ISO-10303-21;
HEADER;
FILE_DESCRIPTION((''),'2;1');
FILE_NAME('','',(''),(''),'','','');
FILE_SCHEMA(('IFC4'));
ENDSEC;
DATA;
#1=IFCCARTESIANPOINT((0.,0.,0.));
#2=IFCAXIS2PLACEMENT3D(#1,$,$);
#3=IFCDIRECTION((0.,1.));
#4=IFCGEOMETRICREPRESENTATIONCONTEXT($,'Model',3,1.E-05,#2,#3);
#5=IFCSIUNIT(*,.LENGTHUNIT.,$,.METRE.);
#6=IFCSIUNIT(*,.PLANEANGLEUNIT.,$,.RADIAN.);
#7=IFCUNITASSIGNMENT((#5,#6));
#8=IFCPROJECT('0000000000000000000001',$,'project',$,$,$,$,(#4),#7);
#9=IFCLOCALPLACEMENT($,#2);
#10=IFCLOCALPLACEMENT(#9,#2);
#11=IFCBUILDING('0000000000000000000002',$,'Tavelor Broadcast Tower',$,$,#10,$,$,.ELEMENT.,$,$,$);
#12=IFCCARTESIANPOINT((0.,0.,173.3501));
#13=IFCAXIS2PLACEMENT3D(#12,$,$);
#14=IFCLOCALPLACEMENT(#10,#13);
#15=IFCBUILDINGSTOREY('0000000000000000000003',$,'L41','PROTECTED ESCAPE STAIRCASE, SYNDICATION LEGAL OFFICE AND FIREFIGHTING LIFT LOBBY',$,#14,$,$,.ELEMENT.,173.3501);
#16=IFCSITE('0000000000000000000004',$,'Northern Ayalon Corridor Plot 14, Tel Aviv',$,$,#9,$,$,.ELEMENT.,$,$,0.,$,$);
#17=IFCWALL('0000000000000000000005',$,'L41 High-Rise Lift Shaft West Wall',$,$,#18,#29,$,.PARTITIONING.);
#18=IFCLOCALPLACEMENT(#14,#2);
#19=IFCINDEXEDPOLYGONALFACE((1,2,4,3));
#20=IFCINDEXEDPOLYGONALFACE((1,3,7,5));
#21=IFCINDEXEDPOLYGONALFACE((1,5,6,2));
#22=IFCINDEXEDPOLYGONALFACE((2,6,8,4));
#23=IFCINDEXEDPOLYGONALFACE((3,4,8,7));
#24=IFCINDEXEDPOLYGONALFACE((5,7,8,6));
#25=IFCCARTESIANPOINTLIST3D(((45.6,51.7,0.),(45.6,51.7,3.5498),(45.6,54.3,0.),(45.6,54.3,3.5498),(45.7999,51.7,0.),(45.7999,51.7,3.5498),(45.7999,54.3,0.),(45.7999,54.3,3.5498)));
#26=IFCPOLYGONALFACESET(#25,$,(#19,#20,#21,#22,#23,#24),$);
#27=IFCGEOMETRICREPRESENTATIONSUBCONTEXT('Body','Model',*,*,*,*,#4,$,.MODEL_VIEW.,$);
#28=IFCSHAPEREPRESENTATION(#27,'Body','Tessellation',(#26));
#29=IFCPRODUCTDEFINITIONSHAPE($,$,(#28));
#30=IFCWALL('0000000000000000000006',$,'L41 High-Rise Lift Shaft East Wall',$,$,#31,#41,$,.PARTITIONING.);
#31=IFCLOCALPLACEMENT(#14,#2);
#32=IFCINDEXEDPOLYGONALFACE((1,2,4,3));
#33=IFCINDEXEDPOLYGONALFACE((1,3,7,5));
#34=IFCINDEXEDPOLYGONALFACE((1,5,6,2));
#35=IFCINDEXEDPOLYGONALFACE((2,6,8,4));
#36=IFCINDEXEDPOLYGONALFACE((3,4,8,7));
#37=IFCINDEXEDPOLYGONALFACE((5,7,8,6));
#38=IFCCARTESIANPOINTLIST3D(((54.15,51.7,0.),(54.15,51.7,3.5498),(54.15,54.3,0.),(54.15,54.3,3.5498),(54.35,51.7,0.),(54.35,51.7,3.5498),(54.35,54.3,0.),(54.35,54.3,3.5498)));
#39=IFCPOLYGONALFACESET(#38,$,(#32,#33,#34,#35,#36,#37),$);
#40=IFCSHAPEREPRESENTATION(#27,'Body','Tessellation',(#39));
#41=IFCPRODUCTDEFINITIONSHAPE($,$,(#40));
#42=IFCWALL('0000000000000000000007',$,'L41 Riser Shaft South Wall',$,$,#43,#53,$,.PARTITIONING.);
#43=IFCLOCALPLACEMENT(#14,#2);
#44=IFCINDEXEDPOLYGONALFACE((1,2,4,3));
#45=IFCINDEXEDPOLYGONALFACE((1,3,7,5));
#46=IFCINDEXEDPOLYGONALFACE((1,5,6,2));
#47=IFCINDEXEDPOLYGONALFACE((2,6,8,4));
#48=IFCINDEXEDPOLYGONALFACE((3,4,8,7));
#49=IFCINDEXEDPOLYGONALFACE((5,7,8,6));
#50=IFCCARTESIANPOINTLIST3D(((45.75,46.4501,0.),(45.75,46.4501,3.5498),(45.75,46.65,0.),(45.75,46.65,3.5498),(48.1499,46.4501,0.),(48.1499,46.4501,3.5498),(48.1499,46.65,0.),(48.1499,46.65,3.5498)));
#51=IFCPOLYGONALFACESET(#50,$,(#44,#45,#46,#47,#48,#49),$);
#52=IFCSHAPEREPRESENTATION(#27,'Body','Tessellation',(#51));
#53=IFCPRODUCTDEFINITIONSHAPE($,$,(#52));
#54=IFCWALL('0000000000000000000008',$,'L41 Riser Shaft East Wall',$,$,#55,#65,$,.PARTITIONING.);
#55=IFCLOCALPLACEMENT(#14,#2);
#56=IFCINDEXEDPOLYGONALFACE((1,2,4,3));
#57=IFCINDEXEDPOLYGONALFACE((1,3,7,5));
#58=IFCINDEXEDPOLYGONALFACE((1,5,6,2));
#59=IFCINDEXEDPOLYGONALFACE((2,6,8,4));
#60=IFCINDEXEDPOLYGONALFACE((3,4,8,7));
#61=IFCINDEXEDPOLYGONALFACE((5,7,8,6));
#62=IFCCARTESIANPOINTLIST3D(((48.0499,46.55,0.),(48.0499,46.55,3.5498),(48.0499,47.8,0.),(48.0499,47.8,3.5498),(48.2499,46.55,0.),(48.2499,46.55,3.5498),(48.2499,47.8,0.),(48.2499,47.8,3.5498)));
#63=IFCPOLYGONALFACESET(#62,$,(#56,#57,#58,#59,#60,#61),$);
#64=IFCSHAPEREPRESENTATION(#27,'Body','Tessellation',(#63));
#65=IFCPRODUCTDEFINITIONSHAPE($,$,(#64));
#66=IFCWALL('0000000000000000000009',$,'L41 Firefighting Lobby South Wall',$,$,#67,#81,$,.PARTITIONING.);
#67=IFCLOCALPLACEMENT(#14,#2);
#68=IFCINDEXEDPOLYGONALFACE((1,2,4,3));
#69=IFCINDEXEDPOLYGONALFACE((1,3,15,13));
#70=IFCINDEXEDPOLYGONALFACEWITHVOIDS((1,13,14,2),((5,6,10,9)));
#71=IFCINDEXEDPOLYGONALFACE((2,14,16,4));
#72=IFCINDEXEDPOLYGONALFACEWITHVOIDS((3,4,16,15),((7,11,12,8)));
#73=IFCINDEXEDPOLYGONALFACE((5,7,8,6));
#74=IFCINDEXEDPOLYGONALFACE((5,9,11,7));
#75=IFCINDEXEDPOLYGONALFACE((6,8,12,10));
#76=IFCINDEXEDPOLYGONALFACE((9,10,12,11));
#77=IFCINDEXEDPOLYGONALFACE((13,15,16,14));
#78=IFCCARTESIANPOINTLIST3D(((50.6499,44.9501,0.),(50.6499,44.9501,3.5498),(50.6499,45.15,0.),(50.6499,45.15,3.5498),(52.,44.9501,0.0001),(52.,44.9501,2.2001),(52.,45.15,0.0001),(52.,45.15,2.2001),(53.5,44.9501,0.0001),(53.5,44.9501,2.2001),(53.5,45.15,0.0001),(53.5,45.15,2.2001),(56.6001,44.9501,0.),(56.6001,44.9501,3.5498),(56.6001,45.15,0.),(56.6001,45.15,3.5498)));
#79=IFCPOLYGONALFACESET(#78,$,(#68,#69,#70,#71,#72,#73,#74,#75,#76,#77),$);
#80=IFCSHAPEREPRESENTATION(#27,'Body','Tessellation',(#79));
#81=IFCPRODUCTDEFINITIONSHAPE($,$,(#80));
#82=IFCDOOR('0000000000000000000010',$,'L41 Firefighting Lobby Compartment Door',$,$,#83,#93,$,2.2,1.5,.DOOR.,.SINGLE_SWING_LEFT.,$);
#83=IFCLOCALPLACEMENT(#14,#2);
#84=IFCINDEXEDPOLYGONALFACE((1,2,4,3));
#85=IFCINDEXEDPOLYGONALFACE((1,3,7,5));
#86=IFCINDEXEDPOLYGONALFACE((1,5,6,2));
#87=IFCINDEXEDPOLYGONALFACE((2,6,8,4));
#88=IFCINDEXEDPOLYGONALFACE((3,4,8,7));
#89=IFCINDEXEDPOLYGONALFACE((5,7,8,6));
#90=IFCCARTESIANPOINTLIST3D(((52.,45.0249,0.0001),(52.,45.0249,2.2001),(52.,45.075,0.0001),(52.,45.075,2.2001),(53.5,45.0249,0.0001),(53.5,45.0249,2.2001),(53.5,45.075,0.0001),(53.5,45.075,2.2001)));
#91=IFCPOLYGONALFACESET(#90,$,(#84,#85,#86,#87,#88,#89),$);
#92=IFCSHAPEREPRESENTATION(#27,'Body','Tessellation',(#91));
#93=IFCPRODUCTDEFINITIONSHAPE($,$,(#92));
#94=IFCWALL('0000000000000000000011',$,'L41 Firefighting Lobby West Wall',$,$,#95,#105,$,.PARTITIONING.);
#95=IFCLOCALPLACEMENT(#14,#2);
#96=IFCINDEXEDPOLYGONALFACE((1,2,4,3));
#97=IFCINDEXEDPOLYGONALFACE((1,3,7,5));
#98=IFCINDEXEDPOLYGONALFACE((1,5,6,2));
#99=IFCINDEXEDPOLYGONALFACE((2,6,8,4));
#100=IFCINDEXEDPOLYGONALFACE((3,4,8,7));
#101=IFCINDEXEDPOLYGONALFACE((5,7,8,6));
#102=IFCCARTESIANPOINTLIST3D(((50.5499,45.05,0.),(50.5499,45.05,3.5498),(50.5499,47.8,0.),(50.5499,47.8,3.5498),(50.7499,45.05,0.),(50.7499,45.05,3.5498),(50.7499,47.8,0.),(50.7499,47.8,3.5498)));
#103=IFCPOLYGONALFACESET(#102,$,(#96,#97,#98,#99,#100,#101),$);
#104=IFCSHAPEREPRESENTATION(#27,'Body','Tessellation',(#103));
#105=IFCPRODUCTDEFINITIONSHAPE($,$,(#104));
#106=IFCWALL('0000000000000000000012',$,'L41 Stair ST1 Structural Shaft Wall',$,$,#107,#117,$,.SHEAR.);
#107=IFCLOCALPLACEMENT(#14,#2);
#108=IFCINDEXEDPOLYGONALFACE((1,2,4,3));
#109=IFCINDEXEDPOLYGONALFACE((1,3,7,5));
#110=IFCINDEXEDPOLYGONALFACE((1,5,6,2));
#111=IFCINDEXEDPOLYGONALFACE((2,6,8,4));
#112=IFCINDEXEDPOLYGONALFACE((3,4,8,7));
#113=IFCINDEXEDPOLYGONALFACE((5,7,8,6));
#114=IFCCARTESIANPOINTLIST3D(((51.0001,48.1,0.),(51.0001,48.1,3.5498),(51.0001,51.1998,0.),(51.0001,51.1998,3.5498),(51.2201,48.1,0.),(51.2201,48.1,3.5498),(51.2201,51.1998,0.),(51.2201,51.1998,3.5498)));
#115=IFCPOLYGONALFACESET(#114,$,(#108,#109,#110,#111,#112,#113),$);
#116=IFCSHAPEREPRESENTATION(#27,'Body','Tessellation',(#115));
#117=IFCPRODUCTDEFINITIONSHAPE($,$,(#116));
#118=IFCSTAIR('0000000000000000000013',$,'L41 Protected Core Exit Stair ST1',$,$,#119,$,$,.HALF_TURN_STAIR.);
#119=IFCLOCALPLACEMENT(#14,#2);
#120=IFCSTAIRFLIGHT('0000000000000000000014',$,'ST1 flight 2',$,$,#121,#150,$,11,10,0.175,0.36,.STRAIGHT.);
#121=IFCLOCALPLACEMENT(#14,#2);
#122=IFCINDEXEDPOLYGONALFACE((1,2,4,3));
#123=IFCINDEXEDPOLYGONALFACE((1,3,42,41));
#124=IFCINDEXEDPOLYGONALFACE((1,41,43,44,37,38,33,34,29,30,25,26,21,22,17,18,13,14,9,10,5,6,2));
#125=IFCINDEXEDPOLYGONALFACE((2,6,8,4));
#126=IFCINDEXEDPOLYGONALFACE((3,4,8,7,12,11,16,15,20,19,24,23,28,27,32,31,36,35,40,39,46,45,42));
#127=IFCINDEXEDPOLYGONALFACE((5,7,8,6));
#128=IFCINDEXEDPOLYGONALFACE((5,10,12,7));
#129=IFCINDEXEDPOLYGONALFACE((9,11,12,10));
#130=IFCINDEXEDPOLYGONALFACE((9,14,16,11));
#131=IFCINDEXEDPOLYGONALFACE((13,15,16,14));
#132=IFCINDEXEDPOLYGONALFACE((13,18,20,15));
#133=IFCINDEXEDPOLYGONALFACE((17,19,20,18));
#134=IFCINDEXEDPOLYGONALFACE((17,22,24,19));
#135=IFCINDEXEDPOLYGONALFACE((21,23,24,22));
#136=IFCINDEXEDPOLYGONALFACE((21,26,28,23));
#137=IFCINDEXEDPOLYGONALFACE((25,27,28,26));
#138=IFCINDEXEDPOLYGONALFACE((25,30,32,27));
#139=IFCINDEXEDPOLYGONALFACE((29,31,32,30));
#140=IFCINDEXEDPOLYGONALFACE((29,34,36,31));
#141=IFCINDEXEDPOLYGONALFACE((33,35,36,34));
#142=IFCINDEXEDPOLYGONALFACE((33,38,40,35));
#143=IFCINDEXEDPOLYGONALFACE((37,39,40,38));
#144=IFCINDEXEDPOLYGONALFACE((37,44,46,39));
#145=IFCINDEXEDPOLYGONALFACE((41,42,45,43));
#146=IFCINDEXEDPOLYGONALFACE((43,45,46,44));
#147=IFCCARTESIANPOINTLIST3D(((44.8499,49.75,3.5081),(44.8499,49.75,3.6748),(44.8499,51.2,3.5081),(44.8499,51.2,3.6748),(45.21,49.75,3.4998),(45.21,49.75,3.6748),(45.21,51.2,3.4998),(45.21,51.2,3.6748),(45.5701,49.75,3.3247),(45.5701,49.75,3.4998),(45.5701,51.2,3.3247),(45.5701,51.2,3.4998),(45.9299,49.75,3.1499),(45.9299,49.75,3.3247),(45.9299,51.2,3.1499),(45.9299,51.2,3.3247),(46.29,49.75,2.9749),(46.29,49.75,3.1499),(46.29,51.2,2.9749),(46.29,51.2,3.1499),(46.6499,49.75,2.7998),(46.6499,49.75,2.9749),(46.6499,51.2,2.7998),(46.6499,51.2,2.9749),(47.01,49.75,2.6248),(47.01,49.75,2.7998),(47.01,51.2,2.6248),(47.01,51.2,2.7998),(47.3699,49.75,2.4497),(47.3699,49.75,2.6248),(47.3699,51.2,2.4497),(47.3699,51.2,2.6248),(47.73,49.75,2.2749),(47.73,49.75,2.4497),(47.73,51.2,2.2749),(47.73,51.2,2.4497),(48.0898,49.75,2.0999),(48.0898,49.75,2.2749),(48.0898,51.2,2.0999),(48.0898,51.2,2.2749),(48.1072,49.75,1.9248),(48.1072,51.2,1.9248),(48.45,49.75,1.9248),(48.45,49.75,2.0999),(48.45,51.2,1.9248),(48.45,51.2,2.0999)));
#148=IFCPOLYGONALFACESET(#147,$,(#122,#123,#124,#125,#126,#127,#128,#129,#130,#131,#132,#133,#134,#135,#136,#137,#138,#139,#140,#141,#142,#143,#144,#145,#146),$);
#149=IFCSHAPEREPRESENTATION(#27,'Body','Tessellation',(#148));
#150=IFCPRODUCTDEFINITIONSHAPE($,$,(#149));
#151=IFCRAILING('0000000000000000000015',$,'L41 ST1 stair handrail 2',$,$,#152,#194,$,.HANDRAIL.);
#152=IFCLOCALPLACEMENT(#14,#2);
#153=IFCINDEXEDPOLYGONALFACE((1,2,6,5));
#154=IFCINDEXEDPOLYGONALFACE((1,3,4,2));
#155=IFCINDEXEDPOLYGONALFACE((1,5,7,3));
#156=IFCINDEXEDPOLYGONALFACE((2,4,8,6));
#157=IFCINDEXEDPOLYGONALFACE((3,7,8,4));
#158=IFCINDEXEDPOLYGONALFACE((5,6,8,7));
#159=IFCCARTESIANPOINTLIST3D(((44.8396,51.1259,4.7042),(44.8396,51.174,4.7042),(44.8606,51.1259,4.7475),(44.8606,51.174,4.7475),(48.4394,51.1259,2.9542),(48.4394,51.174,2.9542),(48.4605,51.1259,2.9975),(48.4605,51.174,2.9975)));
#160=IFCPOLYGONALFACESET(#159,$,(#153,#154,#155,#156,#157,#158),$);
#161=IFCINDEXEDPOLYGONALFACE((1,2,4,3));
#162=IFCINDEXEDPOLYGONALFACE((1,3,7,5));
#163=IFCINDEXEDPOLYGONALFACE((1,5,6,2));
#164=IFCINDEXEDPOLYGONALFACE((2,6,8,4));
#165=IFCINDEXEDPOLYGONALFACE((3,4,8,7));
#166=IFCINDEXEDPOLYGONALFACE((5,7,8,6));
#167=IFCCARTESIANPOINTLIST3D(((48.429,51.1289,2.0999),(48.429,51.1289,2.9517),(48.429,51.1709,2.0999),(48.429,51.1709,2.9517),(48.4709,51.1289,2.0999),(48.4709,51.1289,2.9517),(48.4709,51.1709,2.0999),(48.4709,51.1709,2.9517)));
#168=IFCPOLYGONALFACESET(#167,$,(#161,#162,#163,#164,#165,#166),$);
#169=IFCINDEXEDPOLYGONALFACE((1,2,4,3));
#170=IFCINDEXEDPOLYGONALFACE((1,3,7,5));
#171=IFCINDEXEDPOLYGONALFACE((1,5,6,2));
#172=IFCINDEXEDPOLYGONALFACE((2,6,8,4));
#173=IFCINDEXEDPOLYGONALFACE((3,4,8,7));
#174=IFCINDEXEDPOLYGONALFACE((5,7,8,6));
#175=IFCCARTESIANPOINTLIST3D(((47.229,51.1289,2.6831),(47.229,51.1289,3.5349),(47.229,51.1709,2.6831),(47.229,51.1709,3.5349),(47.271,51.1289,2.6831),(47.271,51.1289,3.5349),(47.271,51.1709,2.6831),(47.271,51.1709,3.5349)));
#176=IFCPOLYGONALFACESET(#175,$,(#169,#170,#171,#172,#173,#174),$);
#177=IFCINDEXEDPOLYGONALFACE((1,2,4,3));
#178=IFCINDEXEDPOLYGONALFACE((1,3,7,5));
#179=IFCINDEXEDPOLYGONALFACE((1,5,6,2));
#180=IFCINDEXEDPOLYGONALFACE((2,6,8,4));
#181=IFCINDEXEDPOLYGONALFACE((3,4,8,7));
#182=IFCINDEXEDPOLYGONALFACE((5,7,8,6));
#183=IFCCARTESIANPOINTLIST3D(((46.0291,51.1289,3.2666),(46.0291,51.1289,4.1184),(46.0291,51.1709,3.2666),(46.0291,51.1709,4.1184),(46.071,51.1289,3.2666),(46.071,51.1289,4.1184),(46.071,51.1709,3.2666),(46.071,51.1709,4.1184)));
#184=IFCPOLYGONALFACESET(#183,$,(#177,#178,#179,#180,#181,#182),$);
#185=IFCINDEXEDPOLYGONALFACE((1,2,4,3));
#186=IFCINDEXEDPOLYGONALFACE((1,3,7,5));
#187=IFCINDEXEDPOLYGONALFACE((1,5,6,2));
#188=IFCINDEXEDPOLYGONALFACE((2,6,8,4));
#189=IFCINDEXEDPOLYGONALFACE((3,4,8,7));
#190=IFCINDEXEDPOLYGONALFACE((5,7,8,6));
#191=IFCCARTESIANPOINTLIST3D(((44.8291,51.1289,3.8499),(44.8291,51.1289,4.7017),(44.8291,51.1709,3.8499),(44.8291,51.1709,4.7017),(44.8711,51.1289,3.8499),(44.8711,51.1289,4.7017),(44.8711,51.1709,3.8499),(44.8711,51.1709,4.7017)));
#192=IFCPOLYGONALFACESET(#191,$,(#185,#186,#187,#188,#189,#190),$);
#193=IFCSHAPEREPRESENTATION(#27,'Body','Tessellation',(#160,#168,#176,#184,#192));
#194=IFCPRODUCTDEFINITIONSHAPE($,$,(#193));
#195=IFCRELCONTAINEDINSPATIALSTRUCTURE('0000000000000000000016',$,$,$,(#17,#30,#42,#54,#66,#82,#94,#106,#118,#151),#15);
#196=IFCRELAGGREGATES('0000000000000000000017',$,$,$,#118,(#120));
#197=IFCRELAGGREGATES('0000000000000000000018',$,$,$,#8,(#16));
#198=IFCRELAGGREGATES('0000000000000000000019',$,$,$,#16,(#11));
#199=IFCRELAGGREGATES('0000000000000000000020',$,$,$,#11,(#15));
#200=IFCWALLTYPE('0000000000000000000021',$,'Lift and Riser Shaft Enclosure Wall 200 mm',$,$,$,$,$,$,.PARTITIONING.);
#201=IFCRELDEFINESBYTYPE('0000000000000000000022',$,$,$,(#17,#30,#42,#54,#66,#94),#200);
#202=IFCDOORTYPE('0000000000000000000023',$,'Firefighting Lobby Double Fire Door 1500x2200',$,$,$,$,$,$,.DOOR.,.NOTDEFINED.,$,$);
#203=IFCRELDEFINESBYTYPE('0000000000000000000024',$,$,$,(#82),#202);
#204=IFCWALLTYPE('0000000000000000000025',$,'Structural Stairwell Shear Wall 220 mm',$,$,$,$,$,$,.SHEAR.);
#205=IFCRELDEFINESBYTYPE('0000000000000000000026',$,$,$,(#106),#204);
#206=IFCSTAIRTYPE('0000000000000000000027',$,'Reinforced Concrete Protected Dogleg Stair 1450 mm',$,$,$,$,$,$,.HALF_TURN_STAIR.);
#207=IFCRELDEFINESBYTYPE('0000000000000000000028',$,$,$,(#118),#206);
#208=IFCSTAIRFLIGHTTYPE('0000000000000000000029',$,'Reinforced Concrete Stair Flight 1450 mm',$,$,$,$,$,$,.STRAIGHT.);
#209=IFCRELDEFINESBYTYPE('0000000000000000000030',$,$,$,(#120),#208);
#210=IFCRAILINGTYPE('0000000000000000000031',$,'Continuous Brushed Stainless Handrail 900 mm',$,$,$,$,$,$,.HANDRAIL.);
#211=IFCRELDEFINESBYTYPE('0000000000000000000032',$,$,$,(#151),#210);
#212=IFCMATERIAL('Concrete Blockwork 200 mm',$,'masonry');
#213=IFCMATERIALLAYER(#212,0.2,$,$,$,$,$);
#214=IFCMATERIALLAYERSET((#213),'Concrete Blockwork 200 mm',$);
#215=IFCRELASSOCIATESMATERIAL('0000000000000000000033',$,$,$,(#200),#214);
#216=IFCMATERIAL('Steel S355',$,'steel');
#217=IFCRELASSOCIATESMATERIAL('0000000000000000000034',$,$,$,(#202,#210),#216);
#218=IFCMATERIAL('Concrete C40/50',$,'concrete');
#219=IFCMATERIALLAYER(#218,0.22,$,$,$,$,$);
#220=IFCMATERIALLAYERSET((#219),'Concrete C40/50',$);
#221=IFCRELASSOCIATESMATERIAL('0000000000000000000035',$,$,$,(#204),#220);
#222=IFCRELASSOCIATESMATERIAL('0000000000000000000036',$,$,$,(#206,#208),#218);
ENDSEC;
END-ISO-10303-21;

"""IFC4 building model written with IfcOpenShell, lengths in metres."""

from ifc_helpers import new_model, si_unit, direction, frame, frame_2d, origin, origin_2d, place, context, subcontext, project, spatial, polyline, rectangle, outline, extrude, material, layer, layer_set, type_object, element, fill, aggregate, save


model = new_model("IFC4")

# Units and contexts
model_context = context("Model", 3, precision=1e-05, world=origin(), true_north=direction((0.0, 1.0)))
body_context = subcontext(model_context, "Body", "Model", "MODEL_VIEW")
ifc_project = project(units=[si_unit("LENGTHUNIT", "METRE"), si_unit("PLANEANGLEUNIT", "RADIAN")], contexts=[model_context])

# Site, building, storey
site_placement = place(None, origin())
site = spatial("IfcSite", under=ifc_project, at=site_placement, Name="Northern Ayalon Corridor Plot 14, Tel Aviv", CompositionType="ELEMENT", RefElevation=0.0)
building_placement = place(site_placement, origin())
building = spatial("IfcBuilding", under=site, at=building_placement, Name="Tavelor Broadcast Tower", CompositionType="ELEMENT")
storey_placement = place(building_placement, frame((0.0, 0.0, 173.3501)))
storey = spatial("IfcBuildingStorey", under=building, at=storey_placement, Name="L41", Description="PROTECTED ESCAPE STAIRCASE, SYNDICATION LEGAL OFFICE AND FIREFIGHTING LIFT LOBBY", CompositionType="ELEMENT", Elevation=173.3501)

# Shared definitions
ifc_material_1 = material(Name="Concrete C40/50", Category="concrete")
ifc_material_2 = material(Name="Steel S355", Category="steel")

# Walls
ifc_material_3 = material(Name="Concrete Blockwork 200 mm", Category="masonry")
ifc_layer_1 = layer(ifc_material_3, 0.2)
ifc_layer_set_1 = layer_set([ifc_layer_1], Name="Concrete Blockwork 200 mm")
wall_type_1 = type_object("IfcWallType", Name="Lift and Riser Shaft Enclosure Wall 200 mm", PredefinedType="PARTITIONING", material=ifc_layer_set_1)
for number, where, z_axis, x_axis, name in (
    (1, (45.7, 51.7, 0.0), (0.0, 0.0, 1.0), (0.0, 1.0, 0.0), "L41 High-Rise Lift Shaft West Wall"),
    (2, (54.25, 51.7, 0.0), (0.0, 0.0, 1.0), (0.0, 1.0, 0.0), "L41 High-Rise Lift Shaft East Wall"),
):
    element("IfcWall", number, at=place(storey_placement, frame(where, z_axis=z_axis, x_axis=x_axis)), inside=storey, type_object=wall_type_1, Name=name, PredefinedType="PARTITIONING", context=body_context, shape_type="SweptSolid", body=[
        extrude(rectangle(XDim=2.6001, YDim=0.2, at=frame_2d((1.3, 0.0))), origin(), (0.0, 0.0, 1.0), 3.5498),
    ])
wall_1_placement = place(storey_placement, frame((45.75, 46.55, 0.0), z_axis=(0.0, 0.0, 1.0), x_axis=(1.0, 0.0, 0.0)))
element("IfcWall", 3, at=wall_1_placement, inside=storey, type_object=wall_type_1, Name="L41 Riser Shaft South Wall", PredefinedType="PARTITIONING", context=body_context, shape_type="SweptSolid", body=[
    extrude(rectangle(XDim=2.3999, YDim=0.2, at=frame_2d((1.2, 0.0))), origin(), (0.0, 0.0, 1.0), 3.5498),
])
wall_2_placement = place(storey_placement, frame((48.1499, 46.55, 0.0), z_axis=(0.0, 0.0, 1.0), x_axis=(0.0, 1.0, 0.0)))
element("IfcWall", 4, at=wall_2_placement, inside=storey, type_object=wall_type_1, Name="L41 Riser Shaft East Wall", PredefinedType="PARTITIONING", context=body_context, shape_type="SweptSolid", body=[
    extrude(rectangle(XDim=1.25, YDim=0.2, at=frame_2d((0.625, 0.0))), origin(), (0.0, 0.0, 1.0), 3.5498),
])

# Wall, opening, door
wall_3_placement = place(storey_placement, frame((50.6499, 45.05, 0.0), z_axis=(0.0, 0.0, 1.0), x_axis=(1.0, 0.0, 0.0)))
wall_3 = element("IfcWall", 5, at=wall_3_placement, inside=storey, type_object=wall_type_1, Name="L41 Firefighting Lobby South Wall", PredefinedType="PARTITIONING", context=body_context, shape_type="SweptSolid", body=[
    extrude(rectangle(XDim=5.9502, YDim=0.2, at=frame_2d((2.9751, 0.0))), origin(), (0.0, 0.0, 1.0), 3.5498),
])
opening_placement = place(wall_3_placement, frame((1.3501, 0.0, 0.0)))
opening = element("IfcOpeningElement", 6, at=opening_placement, cuts=wall_3, PredefinedType="OPENING", context=body_context, shape_type="SweptSolid", body=[
    extrude(rectangle(XDim=1.5, YDim=2.2, at=frame_2d((0.75, 1.1001))), frame((0.0, 0.1099, 0.0), z_axis=(0.0, -1.0, 0.0), x_axis=(1.0, 0.0, 0.0)), (0.0, 0.0, 1.0), 0.22),
])
door_type = type_object("IfcDoorType", Name="Firefighting Lobby Double Fire Door 1500x2200", OperationType="NOTDEFINED", PredefinedType="DOOR", material=ifc_material_2)
door_placement = place(opening_placement, origin())
door = element("IfcDoor", 7, at=door_placement, inside=storey, type_object=door_type, Name="L41 Firefighting Lobby Compartment Door", OperationType="SINGLE_SWING_LEFT", OverallHeight=2.2, OverallWidth=1.5, PredefinedType="DOOR", context=body_context, shape_type="SweptSolid", body=[
    extrude(rectangle(XDim=1.5, YDim=2.2, at=frame_2d((0.75, 1.1001))), frame((0.0, 0.0249, 0.0), z_axis=(0.0, -1.0, 0.0), x_axis=(1.0, 0.0, 0.0)), (0.0, 0.0, 1.0), 0.05),
])
fill(opening, door)

# Walls
wall_4_placement = place(storey_placement, frame((50.6499, 45.05, 0.0), z_axis=(0.0, 0.0, 1.0), x_axis=(0.0, 1.0, 0.0)))
element("IfcWall", 8, at=wall_4_placement, inside=storey, type_object=wall_type_1, Name="L41 Firefighting Lobby West Wall", PredefinedType="PARTITIONING", context=body_context, shape_type="SweptSolid", body=[
    extrude(rectangle(XDim=2.75, YDim=0.2, at=frame_2d((1.375, 0.0))), origin(), (0.0, 0.0, 1.0), 3.5498),
])
ifc_layer_2 = layer(ifc_material_1, 0.22)
ifc_layer_set_2 = layer_set([ifc_layer_2], Name="Concrete C40/50")
wall_type_2 = type_object("IfcWallType", Name="Structural Stairwell Shear Wall 220 mm", PredefinedType="SHEAR", material=ifc_layer_set_2)
wall_5_placement = place(storey_placement, frame((51.1101, 48.1001, 0.0), z_axis=(0.0, 0.0, 1.0), x_axis=(0.0, 1.0, 0.0)))
element("IfcWall", 9, at=wall_5_placement, inside=storey, type_object=wall_type_2, Name="L41 Stair ST1 Structural Shaft Wall", PredefinedType="SHEAR", context=body_context, shape_type="SweptSolid", body=[
    extrude(rectangle(XDim=3.0999, YDim=0.22, at=frame_2d((1.5498, 0.0))), origin(), (0.0, 0.0, 1.0), 3.5498),
])

# Stair, stair flight
stair_type = type_object("IfcStairType", Name="Reinforced Concrete Protected Dogleg Stair 1450 mm", PredefinedType="HALF_TURN_STAIR", material=ifc_material_1)
stair_placement = place(storey_placement, origin())
stair = element("IfcStair", 10, at=stair_placement, inside=storey, type_object=stair_type, Name="L41 Protected Core Exit Stair ST1", PredefinedType="HALF_TURN_STAIR")
stair_flight_type = type_object("IfcStairFlightType", Name="Reinforced Concrete Stair Flight 1450 mm", PredefinedType="STRAIGHT", material=ifc_material_1)
stair_flight_placement = place(storey_placement, frame((48.45, 50.4751, 1.9248), z_axis=(0.0, 0.0, 1.0), x_axis=(-1.0, 0.0, 0.0)))
stair_flight = element("IfcStairFlight", 11, at=stair_flight_placement, type_object=stair_flight_type, Name="ST1 flight 2", NumberOfRisers=11, NumberOfTreads=10, PredefinedType="STRAIGHT", RiserHeight=0.175, TreadLength=0.36, context=body_context, shape_type="SweptSolid", body=[
    extrude(outline(polyline([(0.0, 0.0), (0.0, 0.175), (0.3601, 0.175), (0.3601, 0.3501), (0.72, 0.3501), (0.72, 0.5249), (1.0801, 0.5249), (1.0801, 0.7), (1.4399, 0.7), (1.4399, 0.875), (1.8, 0.875), (1.8, 1.05), (2.1599, 1.05), (2.1599, 1.2251), (2.52, 1.2251), (2.52, 1.3999), (2.8799, 1.3999), (2.8799, 1.575), (3.24, 1.575), (3.24, 1.75), (3.6001, 1.75), (3.6001, 1.925), (3.6001, 1.5833), (0.3428, 0.0), (0.0, 0.0)])), frame((0.0, 0.7251, 0.0), z_axis=(0.0, -1.0, 0.0), x_axis=(1.0, 0.0, 0.0)), (0.0, 0.0, 1.0), 1.45),
])
aggregate(stair, [stair_flight])

# Railing
railing_type_1 = type_object("IfcRailingType", Name="Continuous Brushed Stainless Handrail 900 mm", PredefinedType="HANDRAIL", material=ifc_material_2)
railing_1_placement = place(storey_placement, frame((48.45, 51.1499, 2.0999)))
element("IfcRailing", 12, at=railing_1_placement, inside=storey, type_object=railing_type_1, Name="L41 ST1 stair handrail 2", PredefinedType="HANDRAIL", context=body_context, shape_type="SweptSolid", body=[
    extrude(rectangle(XDim=0.0481, YDim=0.0481, at=origin_2d()), frame((0.0, 0.0, 0.876), z_axis=(-0.899361, 0.0, 0.437207), x_axis=(0.0, -1.0, 0.0)), (0.0, 0.0, 1.0), 4.0027),
    extrude(rectangle(XDim=0.042, YDim=0.042, at=origin_2d()), origin(), (0.0, 0.0, 1.0), 0.8518),
    extrude(rectangle(XDim=0.042, YDim=0.042, at=origin_2d()), frame((-1.2, 0.0, 0.5833)), (0.0, 0.0, 1.0), 0.8518),
    extrude(rectangle(XDim=0.042, YDim=0.042, at=origin_2d()), frame((-2.3999, 0.0, 1.1667)), (0.0, 0.0, 1.0), 0.8518),
    extrude(rectangle(XDim=0.042, YDim=0.042, at=origin_2d()), frame((-3.5999, 0.0, 1.75)), (0.0, 0.0, 1.0), 0.8518),
])

save(model, "model.ifc")
